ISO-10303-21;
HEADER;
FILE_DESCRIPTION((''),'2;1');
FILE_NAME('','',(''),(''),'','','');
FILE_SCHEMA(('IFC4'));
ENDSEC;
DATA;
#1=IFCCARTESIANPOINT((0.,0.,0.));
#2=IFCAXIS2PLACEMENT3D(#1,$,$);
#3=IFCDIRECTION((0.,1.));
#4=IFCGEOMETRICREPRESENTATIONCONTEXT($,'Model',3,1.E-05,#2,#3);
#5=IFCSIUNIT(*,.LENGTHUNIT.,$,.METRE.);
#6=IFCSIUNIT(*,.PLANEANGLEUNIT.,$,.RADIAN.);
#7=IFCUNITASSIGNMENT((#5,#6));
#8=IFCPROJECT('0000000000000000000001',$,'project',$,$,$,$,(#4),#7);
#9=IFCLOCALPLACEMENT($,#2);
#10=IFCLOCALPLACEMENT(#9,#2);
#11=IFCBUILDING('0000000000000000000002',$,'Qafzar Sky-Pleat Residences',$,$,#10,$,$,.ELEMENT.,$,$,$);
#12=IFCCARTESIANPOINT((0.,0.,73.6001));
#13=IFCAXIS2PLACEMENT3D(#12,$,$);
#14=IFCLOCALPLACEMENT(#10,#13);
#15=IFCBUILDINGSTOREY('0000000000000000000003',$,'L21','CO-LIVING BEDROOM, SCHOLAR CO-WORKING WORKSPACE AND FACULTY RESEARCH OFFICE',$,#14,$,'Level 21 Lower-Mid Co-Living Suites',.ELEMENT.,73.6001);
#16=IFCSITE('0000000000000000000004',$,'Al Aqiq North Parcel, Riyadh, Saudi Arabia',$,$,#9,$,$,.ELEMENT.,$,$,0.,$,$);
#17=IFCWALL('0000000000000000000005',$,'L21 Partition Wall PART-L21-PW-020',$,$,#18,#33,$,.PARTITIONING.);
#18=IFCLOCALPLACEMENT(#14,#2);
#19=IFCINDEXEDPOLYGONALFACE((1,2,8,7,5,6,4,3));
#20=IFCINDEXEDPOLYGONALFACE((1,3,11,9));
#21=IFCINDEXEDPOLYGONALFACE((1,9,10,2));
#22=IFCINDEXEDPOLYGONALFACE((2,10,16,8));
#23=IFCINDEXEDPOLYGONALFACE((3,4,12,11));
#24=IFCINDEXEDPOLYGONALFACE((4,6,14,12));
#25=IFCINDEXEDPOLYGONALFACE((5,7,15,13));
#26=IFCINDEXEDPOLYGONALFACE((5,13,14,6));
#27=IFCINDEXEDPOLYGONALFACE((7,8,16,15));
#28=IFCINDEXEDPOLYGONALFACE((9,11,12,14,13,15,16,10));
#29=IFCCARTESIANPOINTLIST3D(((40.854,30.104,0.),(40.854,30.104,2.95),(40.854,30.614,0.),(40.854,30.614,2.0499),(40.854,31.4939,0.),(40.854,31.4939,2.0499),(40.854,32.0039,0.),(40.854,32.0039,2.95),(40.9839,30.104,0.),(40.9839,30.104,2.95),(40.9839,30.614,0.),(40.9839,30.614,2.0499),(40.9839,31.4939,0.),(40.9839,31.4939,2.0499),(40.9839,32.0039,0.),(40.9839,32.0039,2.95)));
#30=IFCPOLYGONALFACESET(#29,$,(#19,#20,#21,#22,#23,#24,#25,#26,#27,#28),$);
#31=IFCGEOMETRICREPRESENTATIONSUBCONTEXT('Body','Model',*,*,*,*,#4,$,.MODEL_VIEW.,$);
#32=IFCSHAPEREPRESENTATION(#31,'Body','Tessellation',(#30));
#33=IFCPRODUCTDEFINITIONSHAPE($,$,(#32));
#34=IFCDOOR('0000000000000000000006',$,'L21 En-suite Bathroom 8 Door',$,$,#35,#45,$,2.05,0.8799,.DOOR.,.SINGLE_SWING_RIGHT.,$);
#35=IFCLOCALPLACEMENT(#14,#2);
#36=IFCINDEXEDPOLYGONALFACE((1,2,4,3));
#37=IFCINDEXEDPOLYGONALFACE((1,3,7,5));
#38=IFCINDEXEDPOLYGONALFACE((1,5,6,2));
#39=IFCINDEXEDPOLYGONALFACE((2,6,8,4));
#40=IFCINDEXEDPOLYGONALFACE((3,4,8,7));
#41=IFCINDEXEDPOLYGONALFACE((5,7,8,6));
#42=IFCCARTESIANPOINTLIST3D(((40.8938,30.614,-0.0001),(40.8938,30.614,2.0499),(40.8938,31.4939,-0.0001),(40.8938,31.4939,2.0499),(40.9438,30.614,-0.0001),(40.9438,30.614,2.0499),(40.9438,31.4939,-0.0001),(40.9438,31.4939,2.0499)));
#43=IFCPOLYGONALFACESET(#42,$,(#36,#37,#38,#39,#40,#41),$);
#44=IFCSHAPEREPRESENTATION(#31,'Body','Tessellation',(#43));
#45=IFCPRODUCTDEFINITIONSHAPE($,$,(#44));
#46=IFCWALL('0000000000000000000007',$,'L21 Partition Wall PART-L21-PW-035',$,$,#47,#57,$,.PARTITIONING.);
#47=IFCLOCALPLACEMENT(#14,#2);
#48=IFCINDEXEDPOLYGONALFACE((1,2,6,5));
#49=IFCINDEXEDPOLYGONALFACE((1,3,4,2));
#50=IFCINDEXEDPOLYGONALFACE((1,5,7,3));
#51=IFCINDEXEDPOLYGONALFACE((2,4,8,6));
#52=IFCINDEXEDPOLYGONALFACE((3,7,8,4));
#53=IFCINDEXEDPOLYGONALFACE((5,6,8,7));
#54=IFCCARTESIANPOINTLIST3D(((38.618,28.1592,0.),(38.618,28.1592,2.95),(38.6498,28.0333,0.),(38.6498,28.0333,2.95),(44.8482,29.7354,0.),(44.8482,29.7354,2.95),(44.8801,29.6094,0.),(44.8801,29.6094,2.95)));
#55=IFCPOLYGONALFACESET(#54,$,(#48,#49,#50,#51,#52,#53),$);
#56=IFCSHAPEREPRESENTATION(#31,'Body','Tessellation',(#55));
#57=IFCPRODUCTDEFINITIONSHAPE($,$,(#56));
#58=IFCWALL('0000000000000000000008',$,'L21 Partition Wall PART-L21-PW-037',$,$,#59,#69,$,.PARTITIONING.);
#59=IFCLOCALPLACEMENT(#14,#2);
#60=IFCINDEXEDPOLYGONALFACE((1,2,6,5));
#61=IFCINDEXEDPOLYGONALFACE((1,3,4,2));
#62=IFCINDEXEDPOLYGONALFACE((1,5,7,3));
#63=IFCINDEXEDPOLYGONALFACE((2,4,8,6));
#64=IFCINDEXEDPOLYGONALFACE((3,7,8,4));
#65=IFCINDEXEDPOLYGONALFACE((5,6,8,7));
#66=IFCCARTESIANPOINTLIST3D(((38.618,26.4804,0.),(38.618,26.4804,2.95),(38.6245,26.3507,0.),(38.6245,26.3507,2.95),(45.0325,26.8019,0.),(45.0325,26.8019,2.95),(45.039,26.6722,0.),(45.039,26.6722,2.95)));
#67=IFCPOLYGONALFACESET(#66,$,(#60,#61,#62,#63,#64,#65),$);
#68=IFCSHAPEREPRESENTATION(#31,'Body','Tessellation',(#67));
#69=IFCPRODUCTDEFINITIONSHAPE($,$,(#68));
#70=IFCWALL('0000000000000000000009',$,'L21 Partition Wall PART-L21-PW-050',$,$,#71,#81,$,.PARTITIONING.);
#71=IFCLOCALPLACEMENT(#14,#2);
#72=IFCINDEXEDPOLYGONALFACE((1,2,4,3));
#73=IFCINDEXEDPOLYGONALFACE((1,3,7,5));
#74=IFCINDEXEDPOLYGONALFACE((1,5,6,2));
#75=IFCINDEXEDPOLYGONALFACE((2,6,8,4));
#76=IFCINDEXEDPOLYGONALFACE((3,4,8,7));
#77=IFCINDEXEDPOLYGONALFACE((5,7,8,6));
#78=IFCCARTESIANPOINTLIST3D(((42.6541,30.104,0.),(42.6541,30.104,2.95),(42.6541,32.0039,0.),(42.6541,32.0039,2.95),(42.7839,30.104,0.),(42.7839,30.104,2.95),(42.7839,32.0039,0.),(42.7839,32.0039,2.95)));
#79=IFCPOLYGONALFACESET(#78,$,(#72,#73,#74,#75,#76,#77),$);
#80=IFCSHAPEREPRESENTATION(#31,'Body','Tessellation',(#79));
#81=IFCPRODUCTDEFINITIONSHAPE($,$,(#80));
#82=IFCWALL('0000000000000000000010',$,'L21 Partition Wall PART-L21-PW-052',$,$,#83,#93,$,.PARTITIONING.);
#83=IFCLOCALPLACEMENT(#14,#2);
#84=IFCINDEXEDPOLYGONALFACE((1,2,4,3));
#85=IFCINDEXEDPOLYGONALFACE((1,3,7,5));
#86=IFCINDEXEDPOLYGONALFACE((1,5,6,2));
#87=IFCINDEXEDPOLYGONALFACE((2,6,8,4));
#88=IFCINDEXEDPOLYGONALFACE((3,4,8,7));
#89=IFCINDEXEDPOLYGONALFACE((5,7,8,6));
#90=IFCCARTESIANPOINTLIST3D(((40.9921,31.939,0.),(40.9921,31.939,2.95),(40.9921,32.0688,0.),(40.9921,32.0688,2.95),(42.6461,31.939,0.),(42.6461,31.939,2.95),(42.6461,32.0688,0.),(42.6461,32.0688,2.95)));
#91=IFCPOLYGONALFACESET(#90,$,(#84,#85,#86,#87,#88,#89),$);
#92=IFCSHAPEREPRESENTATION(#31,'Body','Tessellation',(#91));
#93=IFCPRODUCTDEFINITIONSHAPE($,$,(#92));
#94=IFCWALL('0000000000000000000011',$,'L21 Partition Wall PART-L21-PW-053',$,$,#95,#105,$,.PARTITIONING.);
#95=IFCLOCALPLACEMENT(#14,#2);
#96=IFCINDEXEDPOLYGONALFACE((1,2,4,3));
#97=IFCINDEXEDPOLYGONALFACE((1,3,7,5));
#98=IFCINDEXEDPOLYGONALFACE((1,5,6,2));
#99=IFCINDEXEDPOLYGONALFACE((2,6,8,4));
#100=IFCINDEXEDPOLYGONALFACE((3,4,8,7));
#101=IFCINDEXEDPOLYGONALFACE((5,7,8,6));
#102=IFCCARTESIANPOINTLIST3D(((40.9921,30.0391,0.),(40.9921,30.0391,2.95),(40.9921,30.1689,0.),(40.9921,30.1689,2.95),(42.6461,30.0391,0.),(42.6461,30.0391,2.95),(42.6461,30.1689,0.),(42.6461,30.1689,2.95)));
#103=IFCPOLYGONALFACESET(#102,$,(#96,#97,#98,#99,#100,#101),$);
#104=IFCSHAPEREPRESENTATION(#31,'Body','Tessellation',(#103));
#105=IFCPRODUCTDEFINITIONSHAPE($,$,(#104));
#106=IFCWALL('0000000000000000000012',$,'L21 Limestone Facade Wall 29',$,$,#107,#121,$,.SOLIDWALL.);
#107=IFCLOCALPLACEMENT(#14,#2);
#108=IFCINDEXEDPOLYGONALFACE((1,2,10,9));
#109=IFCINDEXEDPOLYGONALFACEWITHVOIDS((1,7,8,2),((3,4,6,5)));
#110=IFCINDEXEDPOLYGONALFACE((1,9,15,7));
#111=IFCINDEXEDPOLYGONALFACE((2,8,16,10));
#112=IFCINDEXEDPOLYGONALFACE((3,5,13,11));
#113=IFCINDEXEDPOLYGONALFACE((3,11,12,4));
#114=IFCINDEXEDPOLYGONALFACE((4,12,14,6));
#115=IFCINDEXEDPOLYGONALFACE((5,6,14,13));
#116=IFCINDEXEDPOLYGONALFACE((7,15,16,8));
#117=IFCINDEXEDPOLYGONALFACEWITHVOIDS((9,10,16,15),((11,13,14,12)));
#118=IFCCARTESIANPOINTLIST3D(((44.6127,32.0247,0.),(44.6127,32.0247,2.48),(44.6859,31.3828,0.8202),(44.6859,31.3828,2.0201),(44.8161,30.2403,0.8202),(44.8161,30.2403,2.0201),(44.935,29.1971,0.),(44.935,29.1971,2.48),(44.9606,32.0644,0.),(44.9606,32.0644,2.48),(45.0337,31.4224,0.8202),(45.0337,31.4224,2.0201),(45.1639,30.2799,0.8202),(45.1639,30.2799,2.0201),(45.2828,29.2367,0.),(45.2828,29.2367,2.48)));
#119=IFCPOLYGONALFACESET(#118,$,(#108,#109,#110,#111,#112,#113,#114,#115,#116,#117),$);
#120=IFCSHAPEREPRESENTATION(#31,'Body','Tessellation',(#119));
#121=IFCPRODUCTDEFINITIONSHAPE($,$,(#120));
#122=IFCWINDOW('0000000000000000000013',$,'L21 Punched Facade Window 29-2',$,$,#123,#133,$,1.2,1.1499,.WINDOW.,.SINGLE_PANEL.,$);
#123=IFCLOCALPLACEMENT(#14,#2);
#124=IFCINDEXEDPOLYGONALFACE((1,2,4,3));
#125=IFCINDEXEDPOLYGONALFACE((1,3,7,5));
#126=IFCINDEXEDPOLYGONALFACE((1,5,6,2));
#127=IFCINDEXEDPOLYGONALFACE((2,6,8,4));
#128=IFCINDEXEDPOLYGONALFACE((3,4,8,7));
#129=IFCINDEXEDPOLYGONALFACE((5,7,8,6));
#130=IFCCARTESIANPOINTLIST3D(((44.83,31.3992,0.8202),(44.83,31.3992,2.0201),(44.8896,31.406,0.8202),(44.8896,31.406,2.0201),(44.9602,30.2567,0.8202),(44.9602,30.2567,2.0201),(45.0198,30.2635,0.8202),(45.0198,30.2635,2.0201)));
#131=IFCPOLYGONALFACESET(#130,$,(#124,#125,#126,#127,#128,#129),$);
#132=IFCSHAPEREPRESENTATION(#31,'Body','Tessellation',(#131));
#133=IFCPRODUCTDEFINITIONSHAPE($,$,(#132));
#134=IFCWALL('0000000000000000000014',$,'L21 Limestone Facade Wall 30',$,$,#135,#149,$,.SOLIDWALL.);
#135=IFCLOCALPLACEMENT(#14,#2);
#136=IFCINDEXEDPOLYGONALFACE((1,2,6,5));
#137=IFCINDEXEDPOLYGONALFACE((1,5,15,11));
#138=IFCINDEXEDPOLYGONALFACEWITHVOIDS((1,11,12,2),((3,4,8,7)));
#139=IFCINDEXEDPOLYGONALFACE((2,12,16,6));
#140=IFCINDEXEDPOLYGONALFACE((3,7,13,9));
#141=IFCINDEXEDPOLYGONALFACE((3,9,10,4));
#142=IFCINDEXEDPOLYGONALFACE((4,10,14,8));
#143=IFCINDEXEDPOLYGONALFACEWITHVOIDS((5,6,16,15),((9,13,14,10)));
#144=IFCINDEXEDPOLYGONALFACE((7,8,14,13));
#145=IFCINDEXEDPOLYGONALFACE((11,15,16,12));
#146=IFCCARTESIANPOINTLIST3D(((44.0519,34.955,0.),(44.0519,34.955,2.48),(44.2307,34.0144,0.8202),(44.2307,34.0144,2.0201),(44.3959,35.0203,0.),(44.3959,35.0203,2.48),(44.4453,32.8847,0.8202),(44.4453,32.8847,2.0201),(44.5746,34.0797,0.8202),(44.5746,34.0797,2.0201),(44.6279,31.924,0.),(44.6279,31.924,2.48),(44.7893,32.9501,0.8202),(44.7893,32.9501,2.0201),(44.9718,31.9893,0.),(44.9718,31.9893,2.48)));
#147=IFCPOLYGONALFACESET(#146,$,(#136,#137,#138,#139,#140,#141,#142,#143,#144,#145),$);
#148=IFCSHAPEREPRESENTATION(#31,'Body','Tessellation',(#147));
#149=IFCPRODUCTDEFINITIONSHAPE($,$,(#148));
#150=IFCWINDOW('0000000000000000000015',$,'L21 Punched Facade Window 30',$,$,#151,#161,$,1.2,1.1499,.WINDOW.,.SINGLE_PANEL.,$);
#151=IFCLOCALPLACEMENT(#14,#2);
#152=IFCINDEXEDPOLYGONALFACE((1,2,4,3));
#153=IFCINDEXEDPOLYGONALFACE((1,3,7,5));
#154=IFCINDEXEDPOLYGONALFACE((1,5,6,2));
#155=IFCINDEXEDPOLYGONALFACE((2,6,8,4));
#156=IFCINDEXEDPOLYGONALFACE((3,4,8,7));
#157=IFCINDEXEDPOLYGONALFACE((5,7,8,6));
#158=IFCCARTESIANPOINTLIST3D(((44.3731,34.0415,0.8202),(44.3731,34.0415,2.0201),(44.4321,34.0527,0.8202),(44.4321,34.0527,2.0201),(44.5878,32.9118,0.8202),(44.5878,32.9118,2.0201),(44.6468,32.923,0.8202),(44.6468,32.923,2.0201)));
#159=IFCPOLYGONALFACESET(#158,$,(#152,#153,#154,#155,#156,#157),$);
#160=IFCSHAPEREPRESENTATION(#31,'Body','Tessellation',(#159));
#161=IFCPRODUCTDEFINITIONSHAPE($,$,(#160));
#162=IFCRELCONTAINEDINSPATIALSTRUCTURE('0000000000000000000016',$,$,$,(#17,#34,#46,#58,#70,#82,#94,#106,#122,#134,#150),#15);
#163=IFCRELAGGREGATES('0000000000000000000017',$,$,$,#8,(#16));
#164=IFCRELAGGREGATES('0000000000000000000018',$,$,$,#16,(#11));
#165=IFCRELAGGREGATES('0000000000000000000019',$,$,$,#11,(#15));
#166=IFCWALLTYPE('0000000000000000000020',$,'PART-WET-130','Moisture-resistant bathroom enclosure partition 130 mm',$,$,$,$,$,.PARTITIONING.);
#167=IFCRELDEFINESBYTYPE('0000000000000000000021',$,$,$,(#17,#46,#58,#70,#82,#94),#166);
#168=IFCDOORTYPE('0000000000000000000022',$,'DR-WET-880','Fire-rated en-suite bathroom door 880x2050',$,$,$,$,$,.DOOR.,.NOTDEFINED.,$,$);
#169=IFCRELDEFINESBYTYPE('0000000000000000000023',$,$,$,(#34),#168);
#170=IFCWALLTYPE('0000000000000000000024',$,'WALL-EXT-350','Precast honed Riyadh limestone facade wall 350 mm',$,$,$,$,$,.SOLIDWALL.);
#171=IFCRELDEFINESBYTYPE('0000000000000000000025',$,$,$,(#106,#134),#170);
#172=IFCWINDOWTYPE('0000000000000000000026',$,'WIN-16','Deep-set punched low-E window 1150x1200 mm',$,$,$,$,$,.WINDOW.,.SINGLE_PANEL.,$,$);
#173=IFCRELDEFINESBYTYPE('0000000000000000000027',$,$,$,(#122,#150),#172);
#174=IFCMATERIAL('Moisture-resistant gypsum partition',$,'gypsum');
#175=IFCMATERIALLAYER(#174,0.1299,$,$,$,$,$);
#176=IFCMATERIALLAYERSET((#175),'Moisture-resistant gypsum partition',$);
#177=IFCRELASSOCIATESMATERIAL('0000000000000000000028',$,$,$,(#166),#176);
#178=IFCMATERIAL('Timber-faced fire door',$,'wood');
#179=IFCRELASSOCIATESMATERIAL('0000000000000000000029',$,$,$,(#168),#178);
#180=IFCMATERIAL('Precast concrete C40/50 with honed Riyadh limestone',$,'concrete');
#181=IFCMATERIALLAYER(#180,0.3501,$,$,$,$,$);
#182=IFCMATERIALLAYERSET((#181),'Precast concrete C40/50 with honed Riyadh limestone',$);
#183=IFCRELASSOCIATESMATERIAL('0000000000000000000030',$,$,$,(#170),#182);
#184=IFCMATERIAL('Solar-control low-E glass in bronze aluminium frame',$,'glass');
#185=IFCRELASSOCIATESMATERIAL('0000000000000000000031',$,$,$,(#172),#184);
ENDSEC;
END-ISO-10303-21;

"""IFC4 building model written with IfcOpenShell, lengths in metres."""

from ifc_helpers import new_model, si_unit, direction, frame, frame_2d, origin, place, context, subcontext, project, spatial, rectangle, extrude, source, transform, mapped, material, layer, layer_set, type_object, element, fill, save


model = new_model("IFC4")

# Units and contexts
model_context = context("Model", 3, precision=1e-05, world=origin(), true_north=direction((0.0, 1.0)))
body_context = subcontext(model_context, "Body", "Model", "MODEL_VIEW")
ifc_project = project(units=[si_unit("LENGTHUNIT", "METRE"), si_unit("PLANEANGLEUNIT", "RADIAN")], contexts=[model_context])

# Site, building, storey
site_placement = place(None, origin())
site = spatial("IfcSite", under=ifc_project, at=site_placement, Name="Al Aqiq North Parcel, Riyadh, Saudi Arabia", CompositionType="ELEMENT", RefElevation=0.0)
building_placement = place(site_placement, origin())
building = spatial("IfcBuilding", under=site, at=building_placement, Name="Qafzar Sky-Pleat Residences", CompositionType="ELEMENT")
storey_placement = place(building_placement, frame((0.0, 0.0, 73.6001)))
storey = spatial("IfcBuildingStorey", under=building, at=storey_placement, Name="L21", Description="CO-LIVING BEDROOM, SCHOLAR CO-WORKING WORKSPACE AND FACULTY RESEARCH OFFICE", LongName="Level 21 Lower-Mid Co-Living Suites", CompositionType="ELEMENT", Elevation=73.6001)

# Wall, opening, door
ifc_material_1 = material(Name="Moisture-resistant gypsum partition", Category="gypsum")
ifc_layer_1 = layer(ifc_material_1, 0.1299)
ifc_layer_set_1 = layer_set([ifc_layer_1], Name="Moisture-resistant gypsum partition")
wall_type_1 = type_object("IfcWallType", Name="PART-WET-130", Description="Moisture-resistant bathroom enclosure partition 130 mm", PredefinedType="PARTITIONING", material=ifc_layer_set_1)
wall_1_placement = place(storey_placement, frame((40.9189, 32.0039, 0.0), z_axis=(0.0, 0.0, 1.0), x_axis=(0.0, -1.0, 0.0)))
wall_1 = element("IfcWall", 1, at=wall_1_placement, inside=storey, type_object=wall_type_1, Name="L21 Partition Wall PART-L21-PW-020", PredefinedType="PARTITIONING", context=body_context, shape_type="SweptSolid", body=[
    extrude(rectangle(XDim=1.8999, YDim=0.1299, at=frame_2d((0.95, 0.0))), origin(), (0.0, 0.0, 1.0), 2.95),
])
opening_1_placement = place(wall_1_placement, frame((0.51, 0.0, 0.0)))
opening_1 = element("IfcOpeningElement", 2, at=opening_1_placement, cuts=wall_1, PredefinedType="OPENING", context=body_context, shape_type="SweptSolid", body=[
    extrude(rectangle(XDim=0.8799, YDim=2.05, at=frame_2d((0.4399, 1.0249))), frame((0.0, 0.075, 0.0), z_axis=(0.0, -1.0, 0.0), x_axis=(1.0, 0.0, 0.0)), (0.0, 0.0, 1.0), 0.1499),
])
ifc_material_2 = material(Name="Timber-faced fire door", Category="wood")
door_type = type_object("IfcDoorType", Name="DR-WET-880", Description="Fire-rated en-suite bathroom door 880x2050", OperationType="NOTDEFINED", PredefinedType="DOOR", material=ifc_material_2)
shared_shape_1 = source(origin(), body_context, "Body", "SweptSolid", [
    extrude(rectangle(XDim=0.8799, YDim=2.05, at=frame_2d((0.4399, 1.0249))), frame((0.0, 0.0249, 0.0), z_axis=(0.0, -1.0, 0.0), x_axis=(1.0, 0.0, 0.0)), (0.0, 0.0, 1.0), 0.05),
])
door_placement = place(opening_1_placement, origin())
door = element("IfcDoor", 3, at=door_placement, inside=storey, type_object=door_type, Name="L21 En-suite Bathroom 8 Door", OperationType="SINGLE_SWING_RIGHT", OverallHeight=2.05, OverallWidth=0.8799, PredefinedType="DOOR", context=body_context, shape_type="MappedRepresentation", body=[
    mapped(shared_shape_1, transform((0.0, 0.0, 0.0), x_axis=(1.0, 0.0, 0.0), y_axis=(0.0, 1.0, 0.0), z_axis=(0.0, 0.0, 1.0), scale=1.0)),
])
fill(opening_1, door)

# Walls
wall_2_placement = place(storey_placement, frame((38.6338, 28.0962, 0.0), z_axis=(0.0, 0.0, 1.0), x_axis=(0.969457, 0.245261, 0.0)))
element("IfcWall", 4, at=wall_2_placement, inside=storey, type_object=wall_type_1, Name="L21 Partition Wall PART-L21-PW-035", PredefinedType="PARTITIONING", context=body_context, shape_type="SweptSolid", body=[
    extrude(rectangle(XDim=6.4265, YDim=0.1299, at=frame_2d((3.2134, 0.0))), origin(), (0.0, 0.0, 1.0), 2.95),
])
wall_3_placement = place(storey_placement, frame((38.6211, 26.4155, 0.0), z_axis=(0.0, 0.0, 1.0), x_axis=(0.998746, 0.050063, 0.0)))
element("IfcWall", 5, at=wall_3_placement, inside=storey, type_object=wall_type_1, Name="L21 Partition Wall PART-L21-PW-037", PredefinedType="PARTITIONING", context=body_context, shape_type="SweptSolid", body=[
    extrude(rectangle(XDim=6.4226, YDim=0.1299, at=frame_2d((3.2114, 0.0))), origin(), (0.0, 0.0, 1.0), 2.95),
])
wall_4_placement = place(storey_placement, frame((42.719, 30.104, 0.0), z_axis=(0.0, 0.0, 1.0), x_axis=(0.0, 1.0, 0.0)))
element("IfcWall", 6, at=wall_4_placement, inside=storey, type_object=wall_type_1, Name="L21 Partition Wall PART-L21-PW-050", PredefinedType="PARTITIONING", context=body_context, shape_type="SweptSolid", body=[
    extrude(rectangle(XDim=1.8999, YDim=0.1299, at=frame_2d((0.95, 0.0))), origin(), (0.0, 0.0, 1.0), 2.95),
])
for number, where, z_axis, x_axis, name in (
    (7, (40.9919, 32.0039, 0.0), (0.0, 0.0, 1.0), (1.0, 0.0, 0.0), "L21 Partition Wall PART-L21-PW-052"),
    (8, (40.9919, 30.104, 0.0), (0.0, 0.0, 1.0), (1.0, 0.0, 0.0), "L21 Partition Wall PART-L21-PW-053"),
):
    element("IfcWall", number, at=place(storey_placement, frame(where, z_axis=z_axis, x_axis=x_axis)), inside=storey, type_object=wall_type_1, Name=name, PredefinedType="PARTITIONING", context=body_context, shape_type="SweptSolid", body=[
        extrude(rectangle(XDim=1.6541, YDim=0.1299, at=frame_2d((0.8271, 0.0))), origin(), (0.0, 0.0, 1.0), 2.95),
    ])

# Walls, openings, windows
ifc_material_3 = material(Name="Precast concrete C40/50 with honed Riyadh limestone", Category="concrete")
ifc_layer_2 = layer(ifc_material_3, 0.3501)
ifc_layer_set_2 = layer_set([ifc_layer_2], Name="Precast concrete C40/50 with honed Riyadh limestone")
wall_type_2 = type_object("IfcWallType", Name="WALL-EXT-350", Description="Precast honed Riyadh limestone facade wall 350 mm", PredefinedType="SOLIDWALL", material=ifc_layer_set_2)
wall_5_placement = place(storey_placement, frame((45.1089, 29.217, 0.0), z_axis=(0.0, 0.0, 1.0), x_axis=(-0.113237, 0.993568, 0.0)))
wall_5 = element("IfcWall", 9, at=wall_5_placement, inside=storey, type_object=wall_type_2, Name="L21 Limestone Facade Wall 29", PredefinedType="SOLIDWALL", context=body_context, shape_type="SweptSolid", body=[
    extrude(rectangle(XDim=2.8459, YDim=0.3501, at=frame_2d((1.4229, 0.0))), origin(), (0.0, 0.0, 1.0), 2.48),
])
opening_2_placement = place(wall_5_placement, frame((1.0498, 0.0, 0.8201)))
opening_2 = element("IfcOpeningElement", 10, at=opening_2_placement, cuts=wall_5, PredefinedType="OPENING", context=body_context, shape_type="SweptSolid", body=[
    extrude(rectangle(XDim=1.1499, YDim=1.2, at=frame_2d((0.575, 0.6001))), frame((0.0, 0.1851, 0.0), z_axis=(0.0, -1.0, 0.0), x_axis=(1.0, 0.0, 0.0)), (0.0, 0.0, 1.0), 0.3701),
])
ifc_material_4 = material(Name="Solar-control low-E glass in bronze aluminium frame", Category="glass")
window_type_1 = type_object("IfcWindowType", Name="WIN-16", Description="Deep-set punched low-E window 1150x1200 mm", PartitioningType="SINGLE_PANEL", PredefinedType="WINDOW", material=ifc_material_4)
shared_shape_2 = source(origin(), body_context, "Body", "SweptSolid", [
    extrude(rectangle(XDim=1.1499, YDim=1.2, at=frame_2d((0.575, 0.6001))), frame((0.0, 0.03, 0.0), z_axis=(0.0, -1.0, 0.0), x_axis=(1.0, 0.0, 0.0)), (0.0, 0.0, 1.0), 0.0601),
])
window_1_placement = place(opening_2_placement, origin())
window_1 = element("IfcWindow", 11, at=window_1_placement, inside=storey, type_object=window_type_1, Name="L21 Punched Facade Window 29-2", OverallHeight=1.2, OverallWidth=1.1499, PartitioningType="SINGLE_PANEL", PredefinedType="WINDOW", context=body_context, shape_type="MappedRepresentation", body=[
    mapped(shared_shape_2, transform((0.0, 0.0, 0.0), x_axis=(1.0, 0.0, 0.0), y_axis=(0.0, 1.0, 0.0), z_axis=(0.0, 0.0, 1.0), scale=1.0)),
])
fill(opening_2, window_1)
wall_6_placement = place(storey_placement, frame((44.7998, 31.9568, 0.0), z_axis=(0.0, 0.0, 1.0), x_axis=(-0.186672, 0.982422, 0.0)))
wall_6 = element("IfcWall", 12, at=wall_6_placement, inside=storey, type_object=wall_type_2, Name="L21 Limestone Facade Wall 30", PredefinedType="SOLIDWALL", context=body_context, shape_type="SweptSolid", body=[
    extrude(rectangle(XDim=3.0852, YDim=0.3501, at=frame_2d((1.5425, 0.0))), origin(), (0.0, 0.0, 1.0), 2.48),
])
opening_3_placement = place(wall_6_placement, frame((0.9778, 0.0, 0.8201)))
opening_3 = element("IfcOpeningElement", 13, at=opening_3_placement, cuts=wall_6, PredefinedType="OPENING", context=body_context, shape_type="SweptSolid", body=[
    extrude(rectangle(XDim=1.1499, YDim=1.2, at=frame_2d((0.575, 0.6001))), frame((0.0, 0.1851, 0.0), z_axis=(0.0, -1.0, 0.0), x_axis=(1.0, 0.0, 0.0)), (0.0, 0.0, 1.0), 0.3701),
])
window_2_placement = place(opening_3_placement, origin())
window_2 = element("IfcWindow", 14, at=window_2_placement, inside=storey, type_object=window_type_1, Name="L21 Punched Facade Window 30", OverallHeight=1.2, OverallWidth=1.1499, PartitioningType="SINGLE_PANEL", PredefinedType="WINDOW", context=body_context, shape_type="MappedRepresentation", body=[
    mapped(shared_shape_2, transform((0.0, 0.0, 0.0), x_axis=(1.0, 0.0, 0.0), y_axis=(0.0, 1.0, 0.0), z_axis=(0.0, 0.0, 1.0), scale=1.0)),
])
fill(opening_3, window_2)

save(model, "model.ifc")
